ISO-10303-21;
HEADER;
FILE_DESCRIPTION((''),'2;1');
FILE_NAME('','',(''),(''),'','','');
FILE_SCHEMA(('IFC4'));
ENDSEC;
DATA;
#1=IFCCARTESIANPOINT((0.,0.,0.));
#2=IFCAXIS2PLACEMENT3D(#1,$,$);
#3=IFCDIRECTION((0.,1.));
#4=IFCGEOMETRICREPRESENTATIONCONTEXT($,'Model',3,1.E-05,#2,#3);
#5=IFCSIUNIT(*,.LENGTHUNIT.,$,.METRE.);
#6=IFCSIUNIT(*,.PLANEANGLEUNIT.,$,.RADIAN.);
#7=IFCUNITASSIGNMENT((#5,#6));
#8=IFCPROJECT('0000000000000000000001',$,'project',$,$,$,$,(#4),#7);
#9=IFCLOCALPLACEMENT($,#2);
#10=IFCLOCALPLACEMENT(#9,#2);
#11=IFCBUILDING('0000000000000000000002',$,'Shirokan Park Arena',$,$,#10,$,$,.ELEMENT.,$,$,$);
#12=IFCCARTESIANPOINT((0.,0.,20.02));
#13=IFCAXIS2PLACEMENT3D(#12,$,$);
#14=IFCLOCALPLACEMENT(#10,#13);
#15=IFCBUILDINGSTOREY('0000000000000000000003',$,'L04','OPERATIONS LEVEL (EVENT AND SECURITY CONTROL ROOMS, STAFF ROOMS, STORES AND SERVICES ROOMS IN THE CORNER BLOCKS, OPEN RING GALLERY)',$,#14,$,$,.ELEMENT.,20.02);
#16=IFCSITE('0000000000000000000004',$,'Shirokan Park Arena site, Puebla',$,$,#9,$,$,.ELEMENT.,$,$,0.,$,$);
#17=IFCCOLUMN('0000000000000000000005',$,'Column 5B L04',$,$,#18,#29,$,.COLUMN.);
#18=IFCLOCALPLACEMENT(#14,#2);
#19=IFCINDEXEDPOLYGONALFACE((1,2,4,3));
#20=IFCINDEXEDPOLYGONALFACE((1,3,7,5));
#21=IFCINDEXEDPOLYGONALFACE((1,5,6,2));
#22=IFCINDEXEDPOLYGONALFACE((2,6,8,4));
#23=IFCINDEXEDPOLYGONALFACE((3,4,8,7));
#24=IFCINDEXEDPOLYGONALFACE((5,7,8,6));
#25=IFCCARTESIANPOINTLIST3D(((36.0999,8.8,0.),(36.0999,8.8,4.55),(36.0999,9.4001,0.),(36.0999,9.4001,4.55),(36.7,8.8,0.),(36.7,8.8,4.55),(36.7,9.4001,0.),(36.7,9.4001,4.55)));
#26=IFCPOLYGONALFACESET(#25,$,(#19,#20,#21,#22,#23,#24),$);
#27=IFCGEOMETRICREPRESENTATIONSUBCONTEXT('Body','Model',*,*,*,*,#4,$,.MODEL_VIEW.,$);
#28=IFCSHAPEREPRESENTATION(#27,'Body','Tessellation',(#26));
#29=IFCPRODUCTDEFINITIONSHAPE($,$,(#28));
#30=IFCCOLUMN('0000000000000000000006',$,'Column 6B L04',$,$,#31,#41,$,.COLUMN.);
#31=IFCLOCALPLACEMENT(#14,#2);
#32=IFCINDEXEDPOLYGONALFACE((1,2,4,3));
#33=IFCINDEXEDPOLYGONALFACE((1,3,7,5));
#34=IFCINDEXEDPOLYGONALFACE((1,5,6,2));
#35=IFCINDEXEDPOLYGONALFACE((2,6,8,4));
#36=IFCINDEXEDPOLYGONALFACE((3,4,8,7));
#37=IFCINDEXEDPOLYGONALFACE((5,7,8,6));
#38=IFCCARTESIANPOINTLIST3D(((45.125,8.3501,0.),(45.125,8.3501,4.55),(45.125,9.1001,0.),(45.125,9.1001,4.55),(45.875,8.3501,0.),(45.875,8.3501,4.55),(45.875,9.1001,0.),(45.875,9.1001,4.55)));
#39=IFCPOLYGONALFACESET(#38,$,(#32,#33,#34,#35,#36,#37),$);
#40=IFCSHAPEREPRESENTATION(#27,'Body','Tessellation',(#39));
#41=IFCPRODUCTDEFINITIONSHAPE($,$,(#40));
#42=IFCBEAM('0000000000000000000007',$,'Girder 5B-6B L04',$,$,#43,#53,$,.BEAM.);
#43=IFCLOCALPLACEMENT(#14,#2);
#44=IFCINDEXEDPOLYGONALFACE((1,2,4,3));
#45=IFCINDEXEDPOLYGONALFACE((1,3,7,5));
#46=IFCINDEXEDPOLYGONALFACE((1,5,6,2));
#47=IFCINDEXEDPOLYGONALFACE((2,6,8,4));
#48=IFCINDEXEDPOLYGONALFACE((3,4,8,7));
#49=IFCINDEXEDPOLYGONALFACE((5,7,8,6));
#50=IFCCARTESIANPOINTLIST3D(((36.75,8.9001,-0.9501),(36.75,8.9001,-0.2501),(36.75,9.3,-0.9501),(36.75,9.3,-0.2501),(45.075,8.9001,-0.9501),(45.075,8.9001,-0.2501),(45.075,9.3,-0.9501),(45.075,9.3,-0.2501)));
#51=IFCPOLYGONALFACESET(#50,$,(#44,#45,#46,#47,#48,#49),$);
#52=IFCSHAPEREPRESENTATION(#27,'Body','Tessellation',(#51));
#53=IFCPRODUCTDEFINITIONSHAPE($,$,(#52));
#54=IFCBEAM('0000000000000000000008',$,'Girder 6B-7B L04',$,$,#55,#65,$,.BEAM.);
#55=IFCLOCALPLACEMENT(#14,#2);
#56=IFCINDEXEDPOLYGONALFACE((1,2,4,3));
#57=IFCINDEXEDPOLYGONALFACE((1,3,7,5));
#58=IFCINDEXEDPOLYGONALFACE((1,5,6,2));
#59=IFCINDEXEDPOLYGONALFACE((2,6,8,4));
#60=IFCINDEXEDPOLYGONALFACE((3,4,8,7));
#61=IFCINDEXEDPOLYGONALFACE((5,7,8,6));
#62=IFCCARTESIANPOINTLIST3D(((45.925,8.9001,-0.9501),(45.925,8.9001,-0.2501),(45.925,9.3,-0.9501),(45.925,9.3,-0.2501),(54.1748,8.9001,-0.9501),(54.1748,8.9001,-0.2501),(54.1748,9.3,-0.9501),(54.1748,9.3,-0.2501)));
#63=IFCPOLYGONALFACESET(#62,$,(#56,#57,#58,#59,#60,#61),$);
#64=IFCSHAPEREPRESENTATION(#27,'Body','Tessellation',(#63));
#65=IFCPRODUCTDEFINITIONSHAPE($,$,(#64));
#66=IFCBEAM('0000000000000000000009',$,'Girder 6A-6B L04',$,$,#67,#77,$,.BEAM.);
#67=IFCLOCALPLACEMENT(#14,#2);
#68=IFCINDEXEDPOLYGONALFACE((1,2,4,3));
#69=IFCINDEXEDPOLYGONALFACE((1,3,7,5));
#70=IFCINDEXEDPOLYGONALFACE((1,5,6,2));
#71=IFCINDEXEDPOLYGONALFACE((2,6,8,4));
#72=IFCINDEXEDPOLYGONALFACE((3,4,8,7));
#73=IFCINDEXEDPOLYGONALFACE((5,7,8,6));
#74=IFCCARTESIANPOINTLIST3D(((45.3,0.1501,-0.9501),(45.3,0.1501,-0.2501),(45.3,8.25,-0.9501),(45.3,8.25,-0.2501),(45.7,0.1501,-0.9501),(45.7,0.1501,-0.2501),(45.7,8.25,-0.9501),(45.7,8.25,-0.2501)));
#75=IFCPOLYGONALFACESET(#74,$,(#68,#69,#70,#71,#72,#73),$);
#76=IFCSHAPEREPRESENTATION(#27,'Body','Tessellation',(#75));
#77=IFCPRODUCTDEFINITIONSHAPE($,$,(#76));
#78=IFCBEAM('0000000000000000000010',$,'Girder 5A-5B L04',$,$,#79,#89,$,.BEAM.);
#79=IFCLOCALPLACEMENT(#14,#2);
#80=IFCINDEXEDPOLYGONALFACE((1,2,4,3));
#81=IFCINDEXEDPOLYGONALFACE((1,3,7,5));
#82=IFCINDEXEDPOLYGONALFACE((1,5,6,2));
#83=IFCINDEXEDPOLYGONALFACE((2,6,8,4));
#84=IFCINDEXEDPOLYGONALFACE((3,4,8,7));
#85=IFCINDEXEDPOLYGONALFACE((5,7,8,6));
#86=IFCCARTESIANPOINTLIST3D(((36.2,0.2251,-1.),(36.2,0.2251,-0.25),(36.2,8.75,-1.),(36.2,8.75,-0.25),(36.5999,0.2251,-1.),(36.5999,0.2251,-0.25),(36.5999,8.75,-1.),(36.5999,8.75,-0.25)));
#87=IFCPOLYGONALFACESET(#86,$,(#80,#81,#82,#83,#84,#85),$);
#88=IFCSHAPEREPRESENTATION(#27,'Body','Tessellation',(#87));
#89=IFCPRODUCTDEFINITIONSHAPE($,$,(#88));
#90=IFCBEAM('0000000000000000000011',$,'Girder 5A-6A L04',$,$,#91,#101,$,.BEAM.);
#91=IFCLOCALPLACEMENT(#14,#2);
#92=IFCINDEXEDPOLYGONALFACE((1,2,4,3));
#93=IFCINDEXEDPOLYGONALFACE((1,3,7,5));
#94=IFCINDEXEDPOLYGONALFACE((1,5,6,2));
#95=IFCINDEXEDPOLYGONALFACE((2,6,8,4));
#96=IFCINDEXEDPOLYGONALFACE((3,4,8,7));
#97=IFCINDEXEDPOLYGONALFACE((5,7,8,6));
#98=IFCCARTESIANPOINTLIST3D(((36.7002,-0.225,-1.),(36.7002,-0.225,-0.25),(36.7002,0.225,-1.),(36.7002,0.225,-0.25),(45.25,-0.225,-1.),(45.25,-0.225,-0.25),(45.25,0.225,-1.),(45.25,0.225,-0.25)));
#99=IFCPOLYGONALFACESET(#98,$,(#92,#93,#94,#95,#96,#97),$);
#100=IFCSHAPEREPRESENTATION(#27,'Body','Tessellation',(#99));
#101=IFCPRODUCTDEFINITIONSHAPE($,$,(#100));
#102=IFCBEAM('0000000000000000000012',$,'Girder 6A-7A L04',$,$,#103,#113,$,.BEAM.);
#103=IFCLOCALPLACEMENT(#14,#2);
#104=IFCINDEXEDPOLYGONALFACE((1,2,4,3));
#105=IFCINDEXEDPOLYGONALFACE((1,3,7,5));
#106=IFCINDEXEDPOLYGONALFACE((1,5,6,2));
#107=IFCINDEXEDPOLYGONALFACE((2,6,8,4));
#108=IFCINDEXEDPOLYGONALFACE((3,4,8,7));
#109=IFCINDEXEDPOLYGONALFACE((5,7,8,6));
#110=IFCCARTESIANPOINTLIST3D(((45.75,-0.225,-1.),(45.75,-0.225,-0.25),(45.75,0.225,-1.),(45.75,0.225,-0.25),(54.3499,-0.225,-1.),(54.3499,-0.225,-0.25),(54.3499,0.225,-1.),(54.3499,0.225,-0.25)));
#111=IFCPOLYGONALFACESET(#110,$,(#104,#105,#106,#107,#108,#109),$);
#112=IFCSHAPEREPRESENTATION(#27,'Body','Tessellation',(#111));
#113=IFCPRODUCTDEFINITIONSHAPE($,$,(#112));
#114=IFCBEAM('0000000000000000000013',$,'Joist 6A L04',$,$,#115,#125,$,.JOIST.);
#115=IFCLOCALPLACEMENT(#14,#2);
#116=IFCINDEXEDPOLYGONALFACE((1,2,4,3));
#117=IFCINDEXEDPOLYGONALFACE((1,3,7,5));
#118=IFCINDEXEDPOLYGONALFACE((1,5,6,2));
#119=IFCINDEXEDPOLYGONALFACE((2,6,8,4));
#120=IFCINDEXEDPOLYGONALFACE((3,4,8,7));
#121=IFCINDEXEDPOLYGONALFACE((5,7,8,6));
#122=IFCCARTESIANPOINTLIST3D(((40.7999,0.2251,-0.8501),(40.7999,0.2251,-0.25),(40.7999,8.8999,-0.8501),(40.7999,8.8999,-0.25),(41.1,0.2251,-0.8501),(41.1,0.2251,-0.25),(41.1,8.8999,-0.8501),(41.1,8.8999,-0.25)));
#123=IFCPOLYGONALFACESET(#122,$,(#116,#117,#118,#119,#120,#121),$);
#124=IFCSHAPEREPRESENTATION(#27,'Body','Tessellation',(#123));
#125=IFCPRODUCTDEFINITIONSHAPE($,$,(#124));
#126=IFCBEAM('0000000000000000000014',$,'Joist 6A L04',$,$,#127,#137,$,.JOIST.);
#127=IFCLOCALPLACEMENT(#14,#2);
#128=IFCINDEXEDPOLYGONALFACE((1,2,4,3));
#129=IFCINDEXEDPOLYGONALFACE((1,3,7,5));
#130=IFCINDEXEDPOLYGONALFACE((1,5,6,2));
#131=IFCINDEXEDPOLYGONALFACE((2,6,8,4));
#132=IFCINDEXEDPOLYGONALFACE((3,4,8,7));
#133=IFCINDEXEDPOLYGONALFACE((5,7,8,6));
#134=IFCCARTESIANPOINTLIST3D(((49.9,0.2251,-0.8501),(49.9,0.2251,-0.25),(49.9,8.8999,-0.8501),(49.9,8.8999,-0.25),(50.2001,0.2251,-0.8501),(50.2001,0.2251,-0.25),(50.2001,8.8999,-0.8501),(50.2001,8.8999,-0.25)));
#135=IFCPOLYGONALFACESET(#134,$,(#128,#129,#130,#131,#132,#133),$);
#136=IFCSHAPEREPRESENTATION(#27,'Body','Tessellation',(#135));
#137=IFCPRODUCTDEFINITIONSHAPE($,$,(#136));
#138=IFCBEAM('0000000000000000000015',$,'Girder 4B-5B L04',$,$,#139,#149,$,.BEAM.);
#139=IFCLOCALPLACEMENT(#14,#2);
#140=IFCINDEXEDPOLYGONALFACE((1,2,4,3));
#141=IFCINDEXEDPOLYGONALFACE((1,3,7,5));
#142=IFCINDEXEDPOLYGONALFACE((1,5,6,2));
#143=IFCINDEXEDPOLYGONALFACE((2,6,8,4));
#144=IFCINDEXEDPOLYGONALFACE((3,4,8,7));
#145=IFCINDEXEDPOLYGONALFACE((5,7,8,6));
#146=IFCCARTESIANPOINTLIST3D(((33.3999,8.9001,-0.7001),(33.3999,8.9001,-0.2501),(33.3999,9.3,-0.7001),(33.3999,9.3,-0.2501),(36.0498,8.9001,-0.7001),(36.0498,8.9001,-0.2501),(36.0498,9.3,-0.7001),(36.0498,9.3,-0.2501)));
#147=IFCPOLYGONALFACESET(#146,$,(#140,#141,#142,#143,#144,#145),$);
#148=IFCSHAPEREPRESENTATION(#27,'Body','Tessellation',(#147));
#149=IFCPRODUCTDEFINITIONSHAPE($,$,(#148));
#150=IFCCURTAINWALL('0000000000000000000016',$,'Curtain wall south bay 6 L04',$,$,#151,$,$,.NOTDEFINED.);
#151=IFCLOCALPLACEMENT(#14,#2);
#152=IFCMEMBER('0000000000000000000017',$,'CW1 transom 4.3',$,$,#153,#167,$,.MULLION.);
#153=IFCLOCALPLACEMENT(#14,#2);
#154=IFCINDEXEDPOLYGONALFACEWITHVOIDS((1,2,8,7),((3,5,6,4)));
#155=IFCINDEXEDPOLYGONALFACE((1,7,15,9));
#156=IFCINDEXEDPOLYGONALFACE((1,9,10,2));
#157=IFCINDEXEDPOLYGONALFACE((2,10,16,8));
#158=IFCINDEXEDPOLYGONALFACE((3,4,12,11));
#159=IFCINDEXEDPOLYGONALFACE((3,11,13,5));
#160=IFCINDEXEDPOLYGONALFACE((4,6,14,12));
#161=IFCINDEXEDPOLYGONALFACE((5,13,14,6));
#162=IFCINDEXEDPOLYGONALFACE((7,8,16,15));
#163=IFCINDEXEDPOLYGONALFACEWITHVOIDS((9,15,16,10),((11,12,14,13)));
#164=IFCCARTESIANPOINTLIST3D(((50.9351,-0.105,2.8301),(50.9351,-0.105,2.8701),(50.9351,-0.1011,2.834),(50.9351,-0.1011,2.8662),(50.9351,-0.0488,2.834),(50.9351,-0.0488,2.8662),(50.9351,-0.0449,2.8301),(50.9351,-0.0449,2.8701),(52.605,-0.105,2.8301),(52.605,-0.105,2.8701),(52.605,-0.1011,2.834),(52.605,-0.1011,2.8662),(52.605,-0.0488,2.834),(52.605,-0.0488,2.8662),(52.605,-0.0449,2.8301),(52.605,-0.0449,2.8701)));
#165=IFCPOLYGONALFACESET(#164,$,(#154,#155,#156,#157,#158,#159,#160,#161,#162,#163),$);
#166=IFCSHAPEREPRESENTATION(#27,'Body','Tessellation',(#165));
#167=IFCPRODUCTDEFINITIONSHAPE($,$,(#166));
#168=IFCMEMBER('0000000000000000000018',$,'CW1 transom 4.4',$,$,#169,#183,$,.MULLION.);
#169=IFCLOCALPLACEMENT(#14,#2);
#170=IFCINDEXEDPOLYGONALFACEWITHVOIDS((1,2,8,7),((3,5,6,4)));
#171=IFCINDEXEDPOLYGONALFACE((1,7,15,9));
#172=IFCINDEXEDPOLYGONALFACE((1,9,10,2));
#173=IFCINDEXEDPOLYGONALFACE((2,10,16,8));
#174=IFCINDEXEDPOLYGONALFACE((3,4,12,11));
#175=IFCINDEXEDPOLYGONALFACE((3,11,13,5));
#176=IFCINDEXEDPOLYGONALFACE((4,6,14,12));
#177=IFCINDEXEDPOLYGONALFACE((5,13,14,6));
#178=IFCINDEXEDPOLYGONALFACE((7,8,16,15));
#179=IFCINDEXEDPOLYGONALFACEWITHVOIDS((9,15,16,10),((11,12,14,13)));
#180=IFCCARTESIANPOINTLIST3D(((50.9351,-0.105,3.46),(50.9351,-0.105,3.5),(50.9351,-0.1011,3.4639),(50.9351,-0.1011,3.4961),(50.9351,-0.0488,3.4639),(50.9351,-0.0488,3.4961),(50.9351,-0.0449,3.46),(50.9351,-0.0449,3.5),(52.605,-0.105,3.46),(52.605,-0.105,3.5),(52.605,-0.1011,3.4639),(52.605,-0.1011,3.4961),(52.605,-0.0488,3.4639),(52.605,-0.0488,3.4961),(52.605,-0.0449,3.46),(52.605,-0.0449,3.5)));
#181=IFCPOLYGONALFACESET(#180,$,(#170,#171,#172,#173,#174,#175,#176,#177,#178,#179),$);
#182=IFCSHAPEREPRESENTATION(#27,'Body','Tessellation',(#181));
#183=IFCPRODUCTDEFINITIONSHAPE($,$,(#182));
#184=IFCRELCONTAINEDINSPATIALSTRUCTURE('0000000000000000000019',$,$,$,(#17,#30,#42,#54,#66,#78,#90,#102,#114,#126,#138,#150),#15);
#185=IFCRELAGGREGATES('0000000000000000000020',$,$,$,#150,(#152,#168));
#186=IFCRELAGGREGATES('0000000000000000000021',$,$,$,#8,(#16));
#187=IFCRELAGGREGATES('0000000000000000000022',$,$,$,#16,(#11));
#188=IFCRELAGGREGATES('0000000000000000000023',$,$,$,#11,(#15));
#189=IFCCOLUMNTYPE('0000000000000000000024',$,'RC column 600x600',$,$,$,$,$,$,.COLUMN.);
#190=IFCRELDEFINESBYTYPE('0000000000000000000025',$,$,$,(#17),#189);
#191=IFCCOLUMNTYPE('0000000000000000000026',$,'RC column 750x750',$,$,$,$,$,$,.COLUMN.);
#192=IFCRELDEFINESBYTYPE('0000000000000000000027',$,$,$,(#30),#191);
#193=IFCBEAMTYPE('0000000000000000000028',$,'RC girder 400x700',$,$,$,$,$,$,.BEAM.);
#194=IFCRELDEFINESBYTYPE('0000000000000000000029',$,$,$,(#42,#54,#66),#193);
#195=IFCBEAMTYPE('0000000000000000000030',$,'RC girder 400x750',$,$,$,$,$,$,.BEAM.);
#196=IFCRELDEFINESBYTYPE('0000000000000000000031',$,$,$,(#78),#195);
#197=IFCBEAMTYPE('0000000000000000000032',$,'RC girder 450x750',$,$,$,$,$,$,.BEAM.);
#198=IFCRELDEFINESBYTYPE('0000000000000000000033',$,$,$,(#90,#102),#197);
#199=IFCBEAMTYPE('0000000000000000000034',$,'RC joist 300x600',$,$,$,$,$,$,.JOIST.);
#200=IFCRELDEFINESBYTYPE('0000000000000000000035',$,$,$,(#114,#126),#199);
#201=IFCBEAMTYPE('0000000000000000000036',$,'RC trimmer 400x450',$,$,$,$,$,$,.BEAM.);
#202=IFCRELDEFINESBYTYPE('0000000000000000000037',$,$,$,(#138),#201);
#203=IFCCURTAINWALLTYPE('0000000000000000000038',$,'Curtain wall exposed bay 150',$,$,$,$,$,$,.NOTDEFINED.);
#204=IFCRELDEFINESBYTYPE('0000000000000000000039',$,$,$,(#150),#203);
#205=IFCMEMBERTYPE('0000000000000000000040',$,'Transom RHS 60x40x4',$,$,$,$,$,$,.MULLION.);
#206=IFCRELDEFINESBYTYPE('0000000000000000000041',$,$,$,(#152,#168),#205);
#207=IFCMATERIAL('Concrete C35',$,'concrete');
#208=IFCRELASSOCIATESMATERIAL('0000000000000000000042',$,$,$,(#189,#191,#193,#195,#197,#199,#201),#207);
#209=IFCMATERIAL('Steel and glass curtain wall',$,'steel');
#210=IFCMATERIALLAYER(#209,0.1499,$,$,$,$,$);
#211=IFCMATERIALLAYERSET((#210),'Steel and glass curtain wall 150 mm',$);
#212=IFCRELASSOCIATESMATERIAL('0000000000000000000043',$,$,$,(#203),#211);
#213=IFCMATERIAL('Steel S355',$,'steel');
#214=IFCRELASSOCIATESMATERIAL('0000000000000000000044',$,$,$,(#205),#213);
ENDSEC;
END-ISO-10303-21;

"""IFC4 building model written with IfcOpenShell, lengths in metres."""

from ifc_helpers import new_model, si_unit, direction, frame, origin, origin_2d, place, context, subcontext, project, spatial, rectangle, hollow_rectangle, extrude, material, layer, layer_set, material_profile, profile_set, type_object, element, aggregate, save


model = new_model("IFC4")

# Units and contexts
model_context = context("Model", 3, precision=1e-05, world=origin(), true_north=direction((0.0, 1.0)))
body_context = subcontext(model_context, "Body", "Model", "MODEL_VIEW")
ifc_project = project(units=[si_unit("LENGTHUNIT", "METRE"), si_unit("PLANEANGLEUNIT", "RADIAN")], contexts=[model_context])

# Site, building, storey
site_placement = place(None, origin())
site = spatial("IfcSite", under=ifc_project, at=site_placement, Name="Shirokan Park Arena site, Puebla", CompositionType="ELEMENT", RefElevation=0.0)
building_placement = place(site_placement, origin())
building = spatial("IfcBuilding", under=site, at=building_placement, Name="Shirokan Park Arena", CompositionType="ELEMENT")
storey_placement = place(building_placement, frame((0.0, 0.0, 20.02)))
storey = spatial("IfcBuildingStorey", under=building, at=storey_placement, Name="L04", Description="OPERATIONS LEVEL (EVENT AND SECURITY CONTROL ROOMS, STAFF ROOMS, STORES AND SERVICES ROOMS IN THE CORNER BLOCKS, OPEN RING GALLERY)", CompositionType="ELEMENT", Elevation=20.02)

# Columns
ifc_material_1 = material(Name="Concrete C35", Category="concrete")
ifc_material_profile_1 = material_profile(ifc_material_1, rectangle(XDim=0.6001, YDim=0.6001, at=origin_2d()), Name="600x600")
ifc_profile_set_1 = profile_set([ifc_material_profile_1], Name="Concrete C35")
column_type_1 = type_object("IfcColumnType", Name="RC column 600x600", PredefinedType="COLUMN", material=ifc_profile_set_1)
column_1_placement = place(storey_placement, frame((36.3999, 9.1001, 0.0), z_axis=(0.0, 0.0, 1.0), x_axis=(1.0, 0.0, 0.0)))
element("IfcColumn", 1, at=column_1_placement, inside=storey, type_object=column_type_1, Name="Column 5B L04", PredefinedType="COLUMN", context=body_context, shape_type="SweptSolid", body=[
    extrude(rectangle(XDim=0.6001, YDim=0.6001, at=origin_2d()), origin(), (0.0, 0.0, 1.0), 4.55),
])
ifc_material_profile_2 = material_profile(ifc_material_1, rectangle(XDim=0.75, YDim=0.75, at=origin_2d()), Name="750x750")
ifc_profile_set_2 = profile_set([ifc_material_profile_2], Name="Concrete C35")
column_type_2 = type_object("IfcColumnType", Name="RC column 750x750", PredefinedType="COLUMN", material=ifc_profile_set_2)
column_2_placement = place(storey_placement, frame((45.5, 8.7251, 0.0), z_axis=(0.0, 0.0, 1.0), x_axis=(1.0, 0.0, 0.0)))
element("IfcColumn", 2, at=column_2_placement, inside=storey, type_object=column_type_2, Name="Column 6B L04", PredefinedType="COLUMN", context=body_context, shape_type="SweptSolid", body=[
    extrude(rectangle(XDim=0.75, YDim=0.75, at=origin_2d()), origin(), (0.0, 0.0, 1.0), 4.55),
])

# Beams
ifc_material_profile_3 = material_profile(ifc_material_1, rectangle(XDim=0.3999, YDim=0.7, at=origin_2d()), Name="400x700")
ifc_profile_set_3 = profile_set([ifc_material_profile_3], Name="Concrete C35")
beam_type_1 = type_object("IfcBeamType", Name="RC girder 400x700", PredefinedType="BEAM", material=ifc_profile_set_3)
beam_1_placement = place(storey_placement, frame((36.75, 9.1001, -0.6001), z_axis=(1.0, 0.0, 0.0), x_axis=(0.0, 1.0, 0.0)))
element("IfcBeam", 3, at=beam_1_placement, inside=storey, type_object=beam_type_1, Name="Girder 5B-6B L04", PredefinedType="BEAM", context=body_context, shape_type="SweptSolid", body=[
    extrude(rectangle(XDim=0.3999, YDim=0.7, at=origin_2d()), origin(), (0.0, 0.0, 1.0), 8.325),
])
beam_2_placement = place(storey_placement, frame((45.925, 9.1001, -0.6001), z_axis=(1.0, 0.0, 0.0), x_axis=(0.0, 1.0, 0.0)))
element("IfcBeam", 4, at=beam_2_placement, inside=storey, type_object=beam_type_1, Name="Girder 6B-7B L04", PredefinedType="BEAM", context=body_context, shape_type="SweptSolid", body=[
    extrude(rectangle(XDim=0.3999, YDim=0.7, at=origin_2d()), origin(), (0.0, 0.0, 1.0), 8.2498),
])
beam_3_placement = place(storey_placement, frame((45.5, 0.1501, -0.6001), z_axis=(0.0, 1.0, 0.0), x_axis=(-1.0, 0.0, 0.0)))
element("IfcBeam", 5, at=beam_3_placement, inside=storey, type_object=beam_type_1, Name="Girder 6A-6B L04", PredefinedType="BEAM", context=body_context, shape_type="SweptSolid", body=[
    extrude(rectangle(XDim=0.3999, YDim=0.7, at=origin_2d()), origin(), (0.0, 0.0, 1.0), 8.0999),
])
ifc_material_profile_4 = material_profile(ifc_material_1, rectangle(XDim=0.3999, YDim=0.75, at=origin_2d()), Name="400x750")
ifc_profile_set_4 = profile_set([ifc_material_profile_4], Name="Concrete C35")
beam_type_2 = type_object("IfcBeamType", Name="RC girder 400x750", PredefinedType="BEAM", material=ifc_profile_set_4)
beam_4_placement = place(storey_placement, frame((36.3999, 0.2251, -0.625), z_axis=(0.0, 1.0, 0.0), x_axis=(-1.0, 0.0, 0.0)))
element("IfcBeam", 6, at=beam_4_placement, inside=storey, type_object=beam_type_2, Name="Girder 5A-5B L04", PredefinedType="BEAM", context=body_context, shape_type="SweptSolid", body=[
    extrude(rectangle(XDim=0.3999, YDim=0.75, at=origin_2d()), origin(), (0.0, 0.0, 1.0), 8.5249),
])
ifc_material_profile_5 = material_profile(ifc_material_1, rectangle(XDim=0.45, YDim=0.75, at=origin_2d()), Name="450x750")
ifc_profile_set_5 = profile_set([ifc_material_profile_5], Name="Concrete C35")
beam_type_3 = type_object("IfcBeamType", Name="RC girder 450x750", PredefinedType="BEAM", material=ifc_profile_set_5)
beam_5_placement = place(storey_placement, frame((36.7002, 0.0, -0.625), z_axis=(1.0, 0.0, 0.0), x_axis=(0.0, 1.0, 0.0)))
element("IfcBeam", 7, at=beam_5_placement, inside=storey, type_object=beam_type_3, Name="Girder 5A-6A L04", PredefinedType="BEAM", context=body_context, shape_type="SweptSolid", body=[
    extrude(rectangle(XDim=0.45, YDim=0.75, at=origin_2d()), origin(), (0.0, 0.0, 1.0), 8.5498),
])
beam_6_placement = place(storey_placement, frame((45.75, 0.0, -0.625), z_axis=(1.0, 0.0, 0.0), x_axis=(0.0, 1.0, 0.0)))
element("IfcBeam", 8, at=beam_6_placement, inside=storey, type_object=beam_type_3, Name="Girder 6A-7A L04", PredefinedType="BEAM", context=body_context, shape_type="SweptSolid", body=[
    extrude(rectangle(XDim=0.45, YDim=0.75, at=origin_2d()), origin(), (0.0, 0.0, 1.0), 8.5999),
])
ifc_material_profile_6 = material_profile(ifc_material_1, rectangle(XDim=0.3, YDim=0.6001, at=origin_2d()), Name="300x600")
ifc_profile_set_6 = profile_set([ifc_material_profile_6], Name="Concrete C35")
beam_type_4 = type_object("IfcBeamType", Name="RC joist 300x600", PredefinedType="JOIST", material=ifc_profile_set_6)
for number, where, z_axis, x_axis, name in (
    (9, (40.95, 0.2251, -0.55), (0.0, 1.0, 0.0), (-1.0, 0.0, 0.0), "Joist 6A L04"),
    (10, (50.05, 0.2251, -0.55), (0.0, 1.0, 0.0), (-1.0, 0.0, 0.0), "Joist 6A L04"),
):
    element("IfcBeam", number, at=place(storey_placement, frame(where, z_axis=z_axis, x_axis=x_axis)), inside=storey, type_object=beam_type_4, Name=name, PredefinedType="JOIST", context=body_context, shape_type="SweptSolid", body=[
        extrude(rectangle(XDim=0.3, YDim=0.6001, at=origin_2d()), origin(), (0.0, 0.0, 1.0), 8.6748),
    ])
ifc_material_profile_7 = material_profile(ifc_material_1, rectangle(XDim=0.3999, YDim=0.45, at=origin_2d()), Name="400x450")
ifc_profile_set_7 = profile_set([ifc_material_profile_7], Name="Concrete C35")
beam_type_5 = type_object("IfcBeamType", Name="RC trimmer 400x450", PredefinedType="BEAM", material=ifc_profile_set_7)
beam_7_placement = place(storey_placement, frame((33.3999, 9.1001, -0.4751), z_axis=(1.0, 0.0, 0.0), x_axis=(0.0, 1.0, 0.0)))
element("IfcBeam", 11, at=beam_7_placement, inside=storey, type_object=beam_type_5, Name="Girder 4B-5B L04", PredefinedType="BEAM", context=body_context, shape_type="SweptSolid", body=[
    extrude(rectangle(XDim=0.3999, YDim=0.45, at=origin_2d()), origin(), (0.0, 0.0, 1.0), 2.6499),
])

# Curtain wall, members
ifc_material_2 = material(Name="Steel and glass curtain wall", Category="steel")
ifc_layer_1 = layer(ifc_material_2, 0.1499)
ifc_layer_set_1 = layer_set([ifc_layer_1], Name="Steel and glass curtain wall 150 mm")
curtain_wall_type = type_object("IfcCurtainWallType", Name="Curtain wall exposed bay 150", PredefinedType="NOTDEFINED", material=ifc_layer_set_1)
curtain_wall_placement = place(storey_placement, origin())
curtain_wall = element("IfcCurtainWall", 12, at=curtain_wall_placement, inside=storey, type_object=curtain_wall_type, Name="Curtain wall south bay 6 L04", PredefinedType="NOTDEFINED")
ifc_material_3 = material(Name="Steel S355", Category="steel")
ifc_material_profile_8 = material_profile(ifc_material_3, hollow_rectangle(XDim=0.0601, YDim=0.04, WallThickness=0.0039, at=origin_2d()), Name="RHS 60x40x4")
ifc_profile_set_8 = profile_set([ifc_material_profile_8], Name="Steel S355")
member_type = type_object("IfcMemberType", Name="Transom RHS 60x40x4", PredefinedType="MULLION", material=ifc_profile_set_8)
member_1_placement = place(storey_placement, frame((50.9351, -0.075, 2.8501), z_axis=(1.0, 0.0, 0.0), x_axis=(0.0, 1.0, 0.0)))
member_1 = element("IfcMember", 13, at=member_1_placement, type_object=member_type, Name="CW1 transom 4.3", PredefinedType="MULLION", context=body_context, shape_type="SweptSolid", body=[
    extrude(hollow_rectangle(XDim=0.0601, YDim=0.04, WallThickness=0.0039, at=origin_2d()), origin(), (0.0, 0.0, 1.0), 1.6699),
])
member_2_placement = place(storey_placement, frame((50.9351, -0.075, 3.48), z_axis=(1.0, 0.0, 0.0), x_axis=(0.0, 1.0, 0.0)))
member_2 = element("IfcMember", 14, at=member_2_placement, type_object=member_type, Name="CW1 transom 4.4", PredefinedType="MULLION", context=body_context, shape_type="SweptSolid", body=[
    extrude(hollow_rectangle(XDim=0.0601, YDim=0.04, WallThickness=0.0039, at=origin_2d()), origin(), (0.0, 0.0, 1.0), 1.6699),
])
aggregate(curtain_wall, [member_1, member_2])

save(model, "model.ifc")
